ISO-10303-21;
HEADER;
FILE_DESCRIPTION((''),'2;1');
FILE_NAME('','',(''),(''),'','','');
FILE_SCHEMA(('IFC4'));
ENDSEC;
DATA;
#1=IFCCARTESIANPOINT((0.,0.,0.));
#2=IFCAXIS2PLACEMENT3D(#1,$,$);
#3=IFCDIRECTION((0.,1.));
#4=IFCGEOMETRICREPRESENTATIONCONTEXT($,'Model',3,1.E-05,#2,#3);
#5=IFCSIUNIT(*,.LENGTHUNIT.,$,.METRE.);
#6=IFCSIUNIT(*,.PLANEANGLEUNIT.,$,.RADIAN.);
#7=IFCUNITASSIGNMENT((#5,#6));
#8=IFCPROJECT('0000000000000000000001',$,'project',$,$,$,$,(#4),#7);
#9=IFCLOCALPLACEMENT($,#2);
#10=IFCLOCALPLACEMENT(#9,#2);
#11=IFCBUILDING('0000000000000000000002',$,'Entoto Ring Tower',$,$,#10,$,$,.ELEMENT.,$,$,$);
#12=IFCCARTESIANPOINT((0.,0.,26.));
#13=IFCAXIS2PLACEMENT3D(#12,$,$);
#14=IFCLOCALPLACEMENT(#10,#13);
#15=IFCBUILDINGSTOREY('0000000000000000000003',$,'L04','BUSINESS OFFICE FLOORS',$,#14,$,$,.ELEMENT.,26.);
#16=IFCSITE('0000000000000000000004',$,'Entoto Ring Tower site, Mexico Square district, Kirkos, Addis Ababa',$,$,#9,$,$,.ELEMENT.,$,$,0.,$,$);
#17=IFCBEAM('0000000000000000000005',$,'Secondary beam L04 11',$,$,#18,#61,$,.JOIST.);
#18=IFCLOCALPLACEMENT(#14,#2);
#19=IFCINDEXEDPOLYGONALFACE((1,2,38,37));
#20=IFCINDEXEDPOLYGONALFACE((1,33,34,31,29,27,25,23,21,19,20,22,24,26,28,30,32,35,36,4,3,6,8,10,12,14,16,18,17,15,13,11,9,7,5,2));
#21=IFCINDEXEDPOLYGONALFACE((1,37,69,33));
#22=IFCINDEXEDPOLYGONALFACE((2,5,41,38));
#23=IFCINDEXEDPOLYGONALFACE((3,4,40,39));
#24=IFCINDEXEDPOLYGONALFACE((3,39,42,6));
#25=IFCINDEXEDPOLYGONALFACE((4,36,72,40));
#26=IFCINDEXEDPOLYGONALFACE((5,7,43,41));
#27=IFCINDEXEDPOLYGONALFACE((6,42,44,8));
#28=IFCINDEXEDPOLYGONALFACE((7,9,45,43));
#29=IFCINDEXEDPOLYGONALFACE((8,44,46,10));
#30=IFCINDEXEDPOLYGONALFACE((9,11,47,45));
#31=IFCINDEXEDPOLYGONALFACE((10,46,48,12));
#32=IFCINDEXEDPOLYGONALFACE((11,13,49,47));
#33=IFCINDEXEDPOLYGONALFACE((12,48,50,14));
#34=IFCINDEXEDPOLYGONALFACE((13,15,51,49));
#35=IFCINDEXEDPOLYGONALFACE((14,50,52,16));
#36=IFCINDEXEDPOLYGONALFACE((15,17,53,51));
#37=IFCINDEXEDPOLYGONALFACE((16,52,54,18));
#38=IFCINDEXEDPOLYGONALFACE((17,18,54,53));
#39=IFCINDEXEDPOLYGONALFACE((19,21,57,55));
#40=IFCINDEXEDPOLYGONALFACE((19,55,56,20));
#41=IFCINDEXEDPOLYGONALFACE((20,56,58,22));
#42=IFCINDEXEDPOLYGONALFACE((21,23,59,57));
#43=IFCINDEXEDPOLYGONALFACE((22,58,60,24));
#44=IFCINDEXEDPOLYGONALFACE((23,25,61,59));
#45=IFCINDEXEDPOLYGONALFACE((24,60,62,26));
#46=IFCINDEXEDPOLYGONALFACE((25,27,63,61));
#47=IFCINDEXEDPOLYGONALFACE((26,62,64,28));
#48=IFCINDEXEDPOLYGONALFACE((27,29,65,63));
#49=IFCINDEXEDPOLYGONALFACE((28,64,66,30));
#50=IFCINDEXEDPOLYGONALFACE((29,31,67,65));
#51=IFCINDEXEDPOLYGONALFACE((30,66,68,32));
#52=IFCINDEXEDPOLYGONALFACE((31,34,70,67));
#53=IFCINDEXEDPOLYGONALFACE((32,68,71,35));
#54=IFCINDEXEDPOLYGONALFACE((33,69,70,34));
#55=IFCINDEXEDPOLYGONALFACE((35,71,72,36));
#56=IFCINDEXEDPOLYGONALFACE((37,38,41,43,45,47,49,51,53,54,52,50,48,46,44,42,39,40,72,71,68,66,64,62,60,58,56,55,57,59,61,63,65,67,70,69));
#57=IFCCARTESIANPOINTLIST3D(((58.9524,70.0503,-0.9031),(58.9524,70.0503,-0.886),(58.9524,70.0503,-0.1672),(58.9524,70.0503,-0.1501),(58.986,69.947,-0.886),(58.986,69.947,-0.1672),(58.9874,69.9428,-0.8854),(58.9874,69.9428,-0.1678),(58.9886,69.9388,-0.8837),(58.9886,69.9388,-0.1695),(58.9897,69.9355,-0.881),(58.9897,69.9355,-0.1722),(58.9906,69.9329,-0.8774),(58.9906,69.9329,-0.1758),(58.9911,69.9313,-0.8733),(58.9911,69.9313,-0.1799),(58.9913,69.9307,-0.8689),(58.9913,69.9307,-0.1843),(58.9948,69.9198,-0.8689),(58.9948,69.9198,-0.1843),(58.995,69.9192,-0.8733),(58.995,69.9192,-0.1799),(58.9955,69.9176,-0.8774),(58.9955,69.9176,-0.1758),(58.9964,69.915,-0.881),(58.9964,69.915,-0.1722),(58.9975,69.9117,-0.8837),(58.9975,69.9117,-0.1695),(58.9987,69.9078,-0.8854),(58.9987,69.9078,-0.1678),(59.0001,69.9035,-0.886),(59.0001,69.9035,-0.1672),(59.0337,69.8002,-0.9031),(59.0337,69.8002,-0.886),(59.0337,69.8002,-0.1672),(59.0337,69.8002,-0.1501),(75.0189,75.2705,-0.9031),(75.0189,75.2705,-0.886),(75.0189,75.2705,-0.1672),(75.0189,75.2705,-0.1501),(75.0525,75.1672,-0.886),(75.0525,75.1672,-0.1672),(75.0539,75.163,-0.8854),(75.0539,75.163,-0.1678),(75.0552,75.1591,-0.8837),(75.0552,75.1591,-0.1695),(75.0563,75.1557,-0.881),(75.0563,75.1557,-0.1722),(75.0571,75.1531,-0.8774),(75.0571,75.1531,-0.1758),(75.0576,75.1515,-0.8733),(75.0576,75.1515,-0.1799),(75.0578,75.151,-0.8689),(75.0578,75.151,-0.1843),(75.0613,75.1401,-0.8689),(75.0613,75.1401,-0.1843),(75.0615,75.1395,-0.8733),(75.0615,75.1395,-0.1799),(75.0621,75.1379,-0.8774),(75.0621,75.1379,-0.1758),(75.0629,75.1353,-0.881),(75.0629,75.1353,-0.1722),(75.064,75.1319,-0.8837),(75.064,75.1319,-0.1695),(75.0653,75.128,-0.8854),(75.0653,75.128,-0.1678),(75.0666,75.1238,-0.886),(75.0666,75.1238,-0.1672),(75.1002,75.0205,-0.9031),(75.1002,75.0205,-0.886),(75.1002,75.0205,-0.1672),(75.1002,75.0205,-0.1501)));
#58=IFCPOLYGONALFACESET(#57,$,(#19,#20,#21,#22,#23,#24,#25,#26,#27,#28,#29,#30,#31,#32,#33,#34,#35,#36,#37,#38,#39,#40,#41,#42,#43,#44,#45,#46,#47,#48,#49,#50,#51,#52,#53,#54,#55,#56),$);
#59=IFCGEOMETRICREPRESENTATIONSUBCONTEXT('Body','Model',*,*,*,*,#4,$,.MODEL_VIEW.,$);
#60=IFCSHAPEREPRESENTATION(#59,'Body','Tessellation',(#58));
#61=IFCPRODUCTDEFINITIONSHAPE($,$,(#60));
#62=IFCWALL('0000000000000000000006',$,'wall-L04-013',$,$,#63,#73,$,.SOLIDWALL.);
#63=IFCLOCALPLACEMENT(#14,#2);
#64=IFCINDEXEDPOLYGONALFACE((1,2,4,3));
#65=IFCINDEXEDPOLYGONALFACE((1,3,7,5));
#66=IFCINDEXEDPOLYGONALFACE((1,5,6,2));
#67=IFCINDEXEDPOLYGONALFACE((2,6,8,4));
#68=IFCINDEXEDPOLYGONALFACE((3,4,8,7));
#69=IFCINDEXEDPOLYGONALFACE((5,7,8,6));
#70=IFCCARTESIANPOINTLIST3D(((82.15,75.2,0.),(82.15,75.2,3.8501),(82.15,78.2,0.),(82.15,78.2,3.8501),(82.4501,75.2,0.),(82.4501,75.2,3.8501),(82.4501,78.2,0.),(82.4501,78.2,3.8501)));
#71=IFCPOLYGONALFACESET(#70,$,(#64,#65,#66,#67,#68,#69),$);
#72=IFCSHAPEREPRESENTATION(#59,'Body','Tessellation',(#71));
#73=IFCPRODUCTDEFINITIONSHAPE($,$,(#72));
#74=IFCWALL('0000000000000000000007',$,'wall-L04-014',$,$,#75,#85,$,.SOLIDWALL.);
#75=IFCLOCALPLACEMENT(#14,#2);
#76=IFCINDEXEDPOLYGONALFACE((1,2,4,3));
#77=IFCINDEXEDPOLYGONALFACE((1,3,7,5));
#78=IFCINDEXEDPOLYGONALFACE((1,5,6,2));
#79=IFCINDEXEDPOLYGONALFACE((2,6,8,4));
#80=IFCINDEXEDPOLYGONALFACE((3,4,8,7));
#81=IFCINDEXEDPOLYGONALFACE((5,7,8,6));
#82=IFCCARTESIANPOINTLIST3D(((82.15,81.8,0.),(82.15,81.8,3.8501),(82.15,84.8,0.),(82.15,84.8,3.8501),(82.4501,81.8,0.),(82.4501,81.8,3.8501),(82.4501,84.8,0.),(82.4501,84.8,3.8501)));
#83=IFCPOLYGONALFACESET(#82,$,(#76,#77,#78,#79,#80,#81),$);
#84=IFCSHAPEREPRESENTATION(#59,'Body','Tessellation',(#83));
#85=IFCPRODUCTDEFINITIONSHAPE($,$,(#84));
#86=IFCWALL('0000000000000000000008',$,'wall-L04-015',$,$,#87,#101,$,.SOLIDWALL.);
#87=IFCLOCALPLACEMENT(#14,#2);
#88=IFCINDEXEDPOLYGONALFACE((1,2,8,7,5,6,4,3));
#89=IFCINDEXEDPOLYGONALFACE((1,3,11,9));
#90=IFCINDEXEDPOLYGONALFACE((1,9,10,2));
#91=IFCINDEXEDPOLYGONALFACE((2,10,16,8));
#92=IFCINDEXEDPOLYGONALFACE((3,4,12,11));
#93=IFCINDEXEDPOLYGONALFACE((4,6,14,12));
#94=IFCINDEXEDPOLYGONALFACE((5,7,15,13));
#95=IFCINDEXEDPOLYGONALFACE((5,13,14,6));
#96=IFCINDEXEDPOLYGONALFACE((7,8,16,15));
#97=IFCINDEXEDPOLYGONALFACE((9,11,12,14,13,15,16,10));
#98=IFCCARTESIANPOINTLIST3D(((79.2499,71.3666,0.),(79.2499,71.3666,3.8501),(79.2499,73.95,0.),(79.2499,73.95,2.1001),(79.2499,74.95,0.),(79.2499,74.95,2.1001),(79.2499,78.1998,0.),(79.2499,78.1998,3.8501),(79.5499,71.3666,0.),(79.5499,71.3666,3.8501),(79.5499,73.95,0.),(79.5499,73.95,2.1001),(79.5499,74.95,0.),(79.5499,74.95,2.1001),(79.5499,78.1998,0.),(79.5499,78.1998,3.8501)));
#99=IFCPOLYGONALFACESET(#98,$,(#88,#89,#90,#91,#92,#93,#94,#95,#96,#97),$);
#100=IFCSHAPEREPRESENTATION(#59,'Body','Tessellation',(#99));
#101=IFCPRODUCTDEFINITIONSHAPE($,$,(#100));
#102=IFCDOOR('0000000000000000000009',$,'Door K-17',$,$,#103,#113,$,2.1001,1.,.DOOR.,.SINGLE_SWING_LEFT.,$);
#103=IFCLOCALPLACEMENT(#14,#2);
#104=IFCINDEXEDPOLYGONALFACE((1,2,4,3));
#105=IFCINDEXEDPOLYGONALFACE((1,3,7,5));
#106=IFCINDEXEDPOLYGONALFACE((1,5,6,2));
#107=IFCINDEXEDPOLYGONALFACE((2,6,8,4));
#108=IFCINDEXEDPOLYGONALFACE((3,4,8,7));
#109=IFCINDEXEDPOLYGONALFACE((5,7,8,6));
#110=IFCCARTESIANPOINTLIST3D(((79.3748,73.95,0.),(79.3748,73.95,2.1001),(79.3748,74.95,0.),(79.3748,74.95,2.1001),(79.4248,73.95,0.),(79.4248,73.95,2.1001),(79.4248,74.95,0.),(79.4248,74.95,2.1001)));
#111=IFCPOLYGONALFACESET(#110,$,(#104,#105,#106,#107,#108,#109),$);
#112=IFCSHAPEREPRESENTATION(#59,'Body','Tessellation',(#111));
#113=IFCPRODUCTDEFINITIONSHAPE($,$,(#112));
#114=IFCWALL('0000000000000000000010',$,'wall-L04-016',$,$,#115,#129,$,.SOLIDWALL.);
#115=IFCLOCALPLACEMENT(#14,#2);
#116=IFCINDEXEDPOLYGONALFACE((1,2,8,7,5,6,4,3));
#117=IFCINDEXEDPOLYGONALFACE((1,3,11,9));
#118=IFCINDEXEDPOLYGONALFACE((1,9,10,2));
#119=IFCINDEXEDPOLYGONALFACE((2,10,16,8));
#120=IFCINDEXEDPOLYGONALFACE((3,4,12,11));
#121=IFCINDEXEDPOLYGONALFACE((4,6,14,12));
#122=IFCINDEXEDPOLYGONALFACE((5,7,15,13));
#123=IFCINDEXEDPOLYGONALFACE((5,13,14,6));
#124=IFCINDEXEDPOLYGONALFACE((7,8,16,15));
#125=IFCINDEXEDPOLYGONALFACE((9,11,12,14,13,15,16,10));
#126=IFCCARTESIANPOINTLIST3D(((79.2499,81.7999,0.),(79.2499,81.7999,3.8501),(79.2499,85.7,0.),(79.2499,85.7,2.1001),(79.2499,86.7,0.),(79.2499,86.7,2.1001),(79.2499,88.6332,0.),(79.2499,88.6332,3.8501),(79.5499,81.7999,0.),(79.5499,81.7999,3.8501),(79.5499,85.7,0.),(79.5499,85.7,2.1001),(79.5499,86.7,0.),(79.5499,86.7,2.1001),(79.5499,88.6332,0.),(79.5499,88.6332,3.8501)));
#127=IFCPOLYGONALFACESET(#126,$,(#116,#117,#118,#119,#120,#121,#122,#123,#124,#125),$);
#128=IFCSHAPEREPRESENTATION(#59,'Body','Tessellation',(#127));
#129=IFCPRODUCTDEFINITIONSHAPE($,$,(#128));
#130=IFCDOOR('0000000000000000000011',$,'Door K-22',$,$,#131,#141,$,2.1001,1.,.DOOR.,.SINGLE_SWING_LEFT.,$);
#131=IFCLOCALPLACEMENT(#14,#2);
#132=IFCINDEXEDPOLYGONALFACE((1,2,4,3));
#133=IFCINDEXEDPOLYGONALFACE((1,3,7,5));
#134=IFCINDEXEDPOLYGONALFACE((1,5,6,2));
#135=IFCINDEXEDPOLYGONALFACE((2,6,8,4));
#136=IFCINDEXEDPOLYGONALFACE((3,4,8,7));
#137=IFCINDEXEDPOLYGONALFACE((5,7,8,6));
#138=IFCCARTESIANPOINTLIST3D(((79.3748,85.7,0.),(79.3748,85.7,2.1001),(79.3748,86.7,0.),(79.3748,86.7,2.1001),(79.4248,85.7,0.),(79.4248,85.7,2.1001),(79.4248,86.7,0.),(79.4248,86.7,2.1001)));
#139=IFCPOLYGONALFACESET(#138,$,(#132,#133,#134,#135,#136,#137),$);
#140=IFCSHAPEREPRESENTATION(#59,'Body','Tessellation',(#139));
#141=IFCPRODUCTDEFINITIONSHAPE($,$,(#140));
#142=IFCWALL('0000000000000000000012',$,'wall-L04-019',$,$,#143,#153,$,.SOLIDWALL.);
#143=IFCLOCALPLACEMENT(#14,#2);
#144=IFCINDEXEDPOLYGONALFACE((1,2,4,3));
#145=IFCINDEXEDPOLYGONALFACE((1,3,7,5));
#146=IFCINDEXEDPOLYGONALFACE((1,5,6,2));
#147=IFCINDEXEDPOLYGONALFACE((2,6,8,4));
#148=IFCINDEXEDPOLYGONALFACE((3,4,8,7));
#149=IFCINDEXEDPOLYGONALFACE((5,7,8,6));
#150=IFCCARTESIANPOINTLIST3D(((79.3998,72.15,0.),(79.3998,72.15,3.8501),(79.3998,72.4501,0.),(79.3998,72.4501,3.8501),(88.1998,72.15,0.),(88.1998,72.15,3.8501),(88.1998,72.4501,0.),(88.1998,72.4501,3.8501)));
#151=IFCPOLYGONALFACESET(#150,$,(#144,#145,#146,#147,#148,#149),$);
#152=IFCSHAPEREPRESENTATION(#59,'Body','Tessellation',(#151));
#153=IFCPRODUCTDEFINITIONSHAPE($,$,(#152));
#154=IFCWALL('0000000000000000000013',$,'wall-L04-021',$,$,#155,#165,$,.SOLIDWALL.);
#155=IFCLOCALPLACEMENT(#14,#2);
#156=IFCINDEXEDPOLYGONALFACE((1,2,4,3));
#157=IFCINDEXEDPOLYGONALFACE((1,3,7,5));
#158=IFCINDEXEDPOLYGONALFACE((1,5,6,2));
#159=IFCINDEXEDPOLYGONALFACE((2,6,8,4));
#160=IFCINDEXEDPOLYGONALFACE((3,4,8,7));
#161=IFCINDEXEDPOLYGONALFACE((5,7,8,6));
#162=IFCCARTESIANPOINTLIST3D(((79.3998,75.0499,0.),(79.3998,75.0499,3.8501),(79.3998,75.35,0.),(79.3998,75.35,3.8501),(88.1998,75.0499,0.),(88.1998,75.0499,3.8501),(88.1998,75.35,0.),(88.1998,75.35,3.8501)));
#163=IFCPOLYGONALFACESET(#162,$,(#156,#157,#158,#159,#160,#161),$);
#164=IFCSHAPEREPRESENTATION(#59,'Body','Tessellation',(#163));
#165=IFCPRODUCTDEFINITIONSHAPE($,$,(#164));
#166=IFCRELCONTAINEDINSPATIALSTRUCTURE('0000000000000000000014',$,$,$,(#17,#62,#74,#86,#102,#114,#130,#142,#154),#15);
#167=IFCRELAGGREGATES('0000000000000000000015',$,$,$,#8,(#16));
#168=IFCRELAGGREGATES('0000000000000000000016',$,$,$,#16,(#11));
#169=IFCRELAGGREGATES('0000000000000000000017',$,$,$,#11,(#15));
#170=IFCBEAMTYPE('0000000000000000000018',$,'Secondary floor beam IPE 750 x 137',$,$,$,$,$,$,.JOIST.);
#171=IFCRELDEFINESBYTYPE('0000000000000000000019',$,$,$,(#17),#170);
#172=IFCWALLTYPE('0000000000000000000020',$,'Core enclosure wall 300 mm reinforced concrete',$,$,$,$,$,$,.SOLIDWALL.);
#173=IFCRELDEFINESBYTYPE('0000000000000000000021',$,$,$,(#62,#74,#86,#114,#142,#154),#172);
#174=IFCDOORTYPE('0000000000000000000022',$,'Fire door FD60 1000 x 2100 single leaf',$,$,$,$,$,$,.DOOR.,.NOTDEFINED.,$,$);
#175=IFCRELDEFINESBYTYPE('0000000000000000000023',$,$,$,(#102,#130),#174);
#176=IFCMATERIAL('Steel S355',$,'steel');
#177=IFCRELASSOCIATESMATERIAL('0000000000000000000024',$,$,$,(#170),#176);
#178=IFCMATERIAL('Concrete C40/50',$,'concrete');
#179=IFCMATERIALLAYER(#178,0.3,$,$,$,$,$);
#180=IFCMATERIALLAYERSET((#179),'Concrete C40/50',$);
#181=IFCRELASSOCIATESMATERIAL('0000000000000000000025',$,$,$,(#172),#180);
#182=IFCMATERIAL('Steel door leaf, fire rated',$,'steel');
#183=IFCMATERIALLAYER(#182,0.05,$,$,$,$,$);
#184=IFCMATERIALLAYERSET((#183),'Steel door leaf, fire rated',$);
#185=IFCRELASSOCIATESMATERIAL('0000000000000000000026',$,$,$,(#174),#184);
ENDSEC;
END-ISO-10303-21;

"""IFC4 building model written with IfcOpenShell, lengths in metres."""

from ifc_helpers import new_model, si_unit, direction, frame, frame_2d, origin, origin_2d, place, context, subcontext, project, spatial, rectangle, i_section, extrude, material, layer, layer_set, material_profile, profile_set, type_object, element, fill, save


model = new_model("IFC4")

# Units and contexts
model_context = context("Model", 3, precision=1e-05, world=origin(), true_north=direction((0.0, 1.0)))
body_context = subcontext(model_context, "Body", "Model", "MODEL_VIEW")
ifc_project = project(units=[si_unit("LENGTHUNIT", "METRE"), si_unit("PLANEANGLEUNIT", "RADIAN")], contexts=[model_context])

# Site, building, storey
site_placement = place(None, origin())
site = spatial("IfcSite", under=ifc_project, at=site_placement, Name="Entoto Ring Tower site, Mexico Square district, Kirkos, Addis Ababa", CompositionType="ELEMENT", RefElevation=0.0)
building_placement = place(site_placement, origin())
building = spatial("IfcBuilding", under=site, at=building_placement, Name="Entoto Ring Tower", CompositionType="ELEMENT")
storey_placement = place(building_placement, frame((0.0, 0.0, 26.0)))
storey = spatial("IfcBuildingStorey", under=building, at=storey_placement, Name="L04", Description="BUSINESS OFFICE FLOORS", CompositionType="ELEMENT", Elevation=26.0)

# Beam
ifc_material_1 = material(Name="Steel S355", Category="steel")
ifc_material_profile_1 = material_profile(ifc_material_1, i_section(OverallWidth=0.2629, OverallDepth=0.7529, WebThickness=0.0115, FlangeThickness=0.0171, FilletRadius=0.0171, at=origin_2d()), Name="IPE 750 x 137")
ifc_profile_set_1 = profile_set([ifc_material_profile_1], Name="Steel S355")
beam_type_1 = type_object("IfcBeamType", Name="Secondary floor beam IPE 750 x 137", PredefinedType="JOIST", material=ifc_profile_set_1)
beam_1_placement = place(storey_placement, frame((75.0596, 75.1455, -0.5266), z_axis=(-0.951058, -0.309013, 0.0), x_axis=(0.309013, -0.951058, 0.0)))
element("IfcBeam", 1, at=beam_1_placement, inside=storey, type_object=beam_type_1, Name="Secondary beam L04 11", PredefinedType="JOIST", context=body_context, shape_type="SweptSolid", body=[
    extrude(i_section(OverallWidth=0.2629, OverallDepth=0.7529, WebThickness=0.0115, FlangeThickness=0.0171, FilletRadius=0.0171, at=origin_2d()), origin(), (0.0, 0.0, 1.0), 16.8933),
])

# Walls
ifc_material_2 = material(Name="Concrete C40/50", Category="concrete")
ifc_layer_1 = layer(ifc_material_2, 0.3)
ifc_layer_set_1 = layer_set([ifc_layer_1], Name="Concrete C40/50")
wall_type_1 = type_object("IfcWallType", Name="Core enclosure wall 300 mm reinforced concrete", PredefinedType="SOLIDWALL", material=ifc_layer_set_1)
for number, where, z_axis, x_axis, name in (
    (2, (82.3, 75.2, 0.0), (0.0, 0.0, 1.0), (0.0, 1.0, 0.0), "wall-L04-013"),
    (3, (82.3, 81.8, 0.0), (0.0, 0.0, 1.0), (0.0, 1.0, 0.0), "wall-L04-014"),
):
    element("IfcWall", number, at=place(storey_placement, frame(where, z_axis=z_axis, x_axis=x_axis)), inside=storey, type_object=wall_type_1, Name=name, PredefinedType="SOLIDWALL", context=body_context, shape_type="SweptSolid", body=[
        extrude(rectangle(XDim=3.0, YDim=0.3, at=frame_2d((1.5, 0.0))), origin(), (0.0, 0.0, 1.0), 3.8501),
    ])

# Walls, openings, doors
wall_1_placement = place(storey_placement, frame((79.3999, 71.3667, 0.0), z_axis=(0.0, 0.0, 1.0), x_axis=(0.0, 1.0, 0.0)))
wall_1 = element("IfcWall", 4, at=wall_1_placement, inside=storey, type_object=wall_type_1, Name="wall-L04-015", PredefinedType="SOLIDWALL", context=body_context, shape_type="SweptSolid", body=[
    extrude(rectangle(XDim=6.8333, YDim=0.3, at=frame_2d((3.4165, 0.0))), origin(), (0.0, 0.0, 1.0), 3.8501),
])
opening_1_placement = place(wall_1_placement, frame((2.5833, 0.0, 0.0)))
opening_1 = element("IfcOpeningElement", 5, at=opening_1_placement, cuts=wall_1, PredefinedType="OPENING", context=body_context, shape_type="SweptSolid", body=[
    extrude(rectangle(XDim=1.0, YDim=2.1001, at=frame_2d((0.5, 1.05))), frame((0.0, 0.1602, 0.0), z_axis=(0.0, -1.0, 0.0), x_axis=(1.0, 0.0, 0.0)), (0.0, 0.0, 1.0), 0.3201),
])
ifc_material_3 = material(Name="Steel door leaf, fire rated", Category="steel")
ifc_layer_2 = layer(ifc_material_3, 0.05)
ifc_layer_set_2 = layer_set([ifc_layer_2], Name="Steel door leaf, fire rated")
door_type_1 = type_object("IfcDoorType", Name="Fire door FD60 1000 x 2100 single leaf", OperationType="NOTDEFINED", PredefinedType="DOOR", material=ifc_layer_set_2)
door_1_placement = place(opening_1_placement, frame((1.0, 0.0, 0.0), z_axis=(0.0, 0.0, 1.0), x_axis=(-1.0, 0.0, 0.0)))
door_1 = element("IfcDoor", 6, at=door_1_placement, inside=storey, type_object=door_type_1, Name="Door K-17", OperationType="SINGLE_SWING_LEFT", OverallHeight=2.1001, OverallWidth=1.0, PredefinedType="DOOR", context=body_context, shape_type="SweptSolid", body=[
    extrude(rectangle(XDim=1.0, YDim=2.1001, at=frame_2d((0.5, 1.05))), frame((0.0, 0.0249, 0.0), z_axis=(0.0, -1.0, 0.0), x_axis=(1.0, 0.0, 0.0)), (0.0, 0.0, 1.0), 0.05),
])
fill(opening_1, door_1)
wall_2_placement = place(storey_placement, frame((79.3999, 81.8, 0.0), z_axis=(0.0, 0.0, 1.0), x_axis=(0.0, 1.0, 0.0)))
wall_2 = element("IfcWall", 7, at=wall_2_placement, inside=storey, type_object=wall_type_1, Name="wall-L04-016", PredefinedType="SOLIDWALL", context=body_context, shape_type="SweptSolid", body=[
    extrude(rectangle(XDim=6.8333, YDim=0.3, at=frame_2d((3.4165, 0.0))), origin(), (0.0, 0.0, 1.0), 3.8501),
])
opening_2_placement = place(wall_2_placement, frame((3.8999, 0.0, 0.0)))
opening_2 = element("IfcOpeningElement", 8, at=opening_2_placement, cuts=wall_2, PredefinedType="OPENING", context=body_context, shape_type="SweptSolid", body=[
    extrude(rectangle(XDim=1.0, YDim=2.1001, at=frame_2d((0.5, 1.05))), frame((0.0, 0.1602, 0.0), z_axis=(0.0, -1.0, 0.0), x_axis=(1.0, 0.0, 0.0)), (0.0, 0.0, 1.0), 0.3201),
])
door_2_placement = place(opening_2_placement, frame((1.0, 0.0, 0.0), z_axis=(0.0, 0.0, 1.0), x_axis=(-1.0, 0.0, 0.0)))
door_2 = element("IfcDoor", 9, at=door_2_placement, inside=storey, type_object=door_type_1, Name="Door K-22", OperationType="SINGLE_SWING_LEFT", OverallHeight=2.1001, OverallWidth=1.0, PredefinedType="DOOR", context=body_context, shape_type="SweptSolid", body=[
    extrude(rectangle(XDim=1.0, YDim=2.1001, at=frame_2d((0.5, 1.05))), frame((0.0, 0.0249, 0.0), z_axis=(0.0, -1.0, 0.0), x_axis=(1.0, 0.0, 0.0)), (0.0, 0.0, 1.0), 0.05),
])
fill(opening_2, door_2)

# Walls
for number, where, z_axis, x_axis, name in (
    (10, (79.3999, 72.3, 0.0), (0.0, 0.0, 1.0), (1.0, 0.0, 0.0), "wall-L04-019"),
    (11, (79.3999, 75.2, 0.0), (0.0, 0.0, 1.0), (1.0, 0.0, 0.0), "wall-L04-021"),
):
    element("IfcWall", number, at=place(storey_placement, frame(where, z_axis=z_axis, x_axis=x_axis)), inside=storey, type_object=wall_type_1, Name=name, PredefinedType="SOLIDWALL", context=body_context, shape_type="SweptSolid", body=[
        extrude(rectangle(XDim=8.8, YDim=0.3, at=frame_2d((4.3999, 0.0))), origin(), (0.0, 0.0, 1.0), 3.8501),
    ])

save(model, "model.ifc")
